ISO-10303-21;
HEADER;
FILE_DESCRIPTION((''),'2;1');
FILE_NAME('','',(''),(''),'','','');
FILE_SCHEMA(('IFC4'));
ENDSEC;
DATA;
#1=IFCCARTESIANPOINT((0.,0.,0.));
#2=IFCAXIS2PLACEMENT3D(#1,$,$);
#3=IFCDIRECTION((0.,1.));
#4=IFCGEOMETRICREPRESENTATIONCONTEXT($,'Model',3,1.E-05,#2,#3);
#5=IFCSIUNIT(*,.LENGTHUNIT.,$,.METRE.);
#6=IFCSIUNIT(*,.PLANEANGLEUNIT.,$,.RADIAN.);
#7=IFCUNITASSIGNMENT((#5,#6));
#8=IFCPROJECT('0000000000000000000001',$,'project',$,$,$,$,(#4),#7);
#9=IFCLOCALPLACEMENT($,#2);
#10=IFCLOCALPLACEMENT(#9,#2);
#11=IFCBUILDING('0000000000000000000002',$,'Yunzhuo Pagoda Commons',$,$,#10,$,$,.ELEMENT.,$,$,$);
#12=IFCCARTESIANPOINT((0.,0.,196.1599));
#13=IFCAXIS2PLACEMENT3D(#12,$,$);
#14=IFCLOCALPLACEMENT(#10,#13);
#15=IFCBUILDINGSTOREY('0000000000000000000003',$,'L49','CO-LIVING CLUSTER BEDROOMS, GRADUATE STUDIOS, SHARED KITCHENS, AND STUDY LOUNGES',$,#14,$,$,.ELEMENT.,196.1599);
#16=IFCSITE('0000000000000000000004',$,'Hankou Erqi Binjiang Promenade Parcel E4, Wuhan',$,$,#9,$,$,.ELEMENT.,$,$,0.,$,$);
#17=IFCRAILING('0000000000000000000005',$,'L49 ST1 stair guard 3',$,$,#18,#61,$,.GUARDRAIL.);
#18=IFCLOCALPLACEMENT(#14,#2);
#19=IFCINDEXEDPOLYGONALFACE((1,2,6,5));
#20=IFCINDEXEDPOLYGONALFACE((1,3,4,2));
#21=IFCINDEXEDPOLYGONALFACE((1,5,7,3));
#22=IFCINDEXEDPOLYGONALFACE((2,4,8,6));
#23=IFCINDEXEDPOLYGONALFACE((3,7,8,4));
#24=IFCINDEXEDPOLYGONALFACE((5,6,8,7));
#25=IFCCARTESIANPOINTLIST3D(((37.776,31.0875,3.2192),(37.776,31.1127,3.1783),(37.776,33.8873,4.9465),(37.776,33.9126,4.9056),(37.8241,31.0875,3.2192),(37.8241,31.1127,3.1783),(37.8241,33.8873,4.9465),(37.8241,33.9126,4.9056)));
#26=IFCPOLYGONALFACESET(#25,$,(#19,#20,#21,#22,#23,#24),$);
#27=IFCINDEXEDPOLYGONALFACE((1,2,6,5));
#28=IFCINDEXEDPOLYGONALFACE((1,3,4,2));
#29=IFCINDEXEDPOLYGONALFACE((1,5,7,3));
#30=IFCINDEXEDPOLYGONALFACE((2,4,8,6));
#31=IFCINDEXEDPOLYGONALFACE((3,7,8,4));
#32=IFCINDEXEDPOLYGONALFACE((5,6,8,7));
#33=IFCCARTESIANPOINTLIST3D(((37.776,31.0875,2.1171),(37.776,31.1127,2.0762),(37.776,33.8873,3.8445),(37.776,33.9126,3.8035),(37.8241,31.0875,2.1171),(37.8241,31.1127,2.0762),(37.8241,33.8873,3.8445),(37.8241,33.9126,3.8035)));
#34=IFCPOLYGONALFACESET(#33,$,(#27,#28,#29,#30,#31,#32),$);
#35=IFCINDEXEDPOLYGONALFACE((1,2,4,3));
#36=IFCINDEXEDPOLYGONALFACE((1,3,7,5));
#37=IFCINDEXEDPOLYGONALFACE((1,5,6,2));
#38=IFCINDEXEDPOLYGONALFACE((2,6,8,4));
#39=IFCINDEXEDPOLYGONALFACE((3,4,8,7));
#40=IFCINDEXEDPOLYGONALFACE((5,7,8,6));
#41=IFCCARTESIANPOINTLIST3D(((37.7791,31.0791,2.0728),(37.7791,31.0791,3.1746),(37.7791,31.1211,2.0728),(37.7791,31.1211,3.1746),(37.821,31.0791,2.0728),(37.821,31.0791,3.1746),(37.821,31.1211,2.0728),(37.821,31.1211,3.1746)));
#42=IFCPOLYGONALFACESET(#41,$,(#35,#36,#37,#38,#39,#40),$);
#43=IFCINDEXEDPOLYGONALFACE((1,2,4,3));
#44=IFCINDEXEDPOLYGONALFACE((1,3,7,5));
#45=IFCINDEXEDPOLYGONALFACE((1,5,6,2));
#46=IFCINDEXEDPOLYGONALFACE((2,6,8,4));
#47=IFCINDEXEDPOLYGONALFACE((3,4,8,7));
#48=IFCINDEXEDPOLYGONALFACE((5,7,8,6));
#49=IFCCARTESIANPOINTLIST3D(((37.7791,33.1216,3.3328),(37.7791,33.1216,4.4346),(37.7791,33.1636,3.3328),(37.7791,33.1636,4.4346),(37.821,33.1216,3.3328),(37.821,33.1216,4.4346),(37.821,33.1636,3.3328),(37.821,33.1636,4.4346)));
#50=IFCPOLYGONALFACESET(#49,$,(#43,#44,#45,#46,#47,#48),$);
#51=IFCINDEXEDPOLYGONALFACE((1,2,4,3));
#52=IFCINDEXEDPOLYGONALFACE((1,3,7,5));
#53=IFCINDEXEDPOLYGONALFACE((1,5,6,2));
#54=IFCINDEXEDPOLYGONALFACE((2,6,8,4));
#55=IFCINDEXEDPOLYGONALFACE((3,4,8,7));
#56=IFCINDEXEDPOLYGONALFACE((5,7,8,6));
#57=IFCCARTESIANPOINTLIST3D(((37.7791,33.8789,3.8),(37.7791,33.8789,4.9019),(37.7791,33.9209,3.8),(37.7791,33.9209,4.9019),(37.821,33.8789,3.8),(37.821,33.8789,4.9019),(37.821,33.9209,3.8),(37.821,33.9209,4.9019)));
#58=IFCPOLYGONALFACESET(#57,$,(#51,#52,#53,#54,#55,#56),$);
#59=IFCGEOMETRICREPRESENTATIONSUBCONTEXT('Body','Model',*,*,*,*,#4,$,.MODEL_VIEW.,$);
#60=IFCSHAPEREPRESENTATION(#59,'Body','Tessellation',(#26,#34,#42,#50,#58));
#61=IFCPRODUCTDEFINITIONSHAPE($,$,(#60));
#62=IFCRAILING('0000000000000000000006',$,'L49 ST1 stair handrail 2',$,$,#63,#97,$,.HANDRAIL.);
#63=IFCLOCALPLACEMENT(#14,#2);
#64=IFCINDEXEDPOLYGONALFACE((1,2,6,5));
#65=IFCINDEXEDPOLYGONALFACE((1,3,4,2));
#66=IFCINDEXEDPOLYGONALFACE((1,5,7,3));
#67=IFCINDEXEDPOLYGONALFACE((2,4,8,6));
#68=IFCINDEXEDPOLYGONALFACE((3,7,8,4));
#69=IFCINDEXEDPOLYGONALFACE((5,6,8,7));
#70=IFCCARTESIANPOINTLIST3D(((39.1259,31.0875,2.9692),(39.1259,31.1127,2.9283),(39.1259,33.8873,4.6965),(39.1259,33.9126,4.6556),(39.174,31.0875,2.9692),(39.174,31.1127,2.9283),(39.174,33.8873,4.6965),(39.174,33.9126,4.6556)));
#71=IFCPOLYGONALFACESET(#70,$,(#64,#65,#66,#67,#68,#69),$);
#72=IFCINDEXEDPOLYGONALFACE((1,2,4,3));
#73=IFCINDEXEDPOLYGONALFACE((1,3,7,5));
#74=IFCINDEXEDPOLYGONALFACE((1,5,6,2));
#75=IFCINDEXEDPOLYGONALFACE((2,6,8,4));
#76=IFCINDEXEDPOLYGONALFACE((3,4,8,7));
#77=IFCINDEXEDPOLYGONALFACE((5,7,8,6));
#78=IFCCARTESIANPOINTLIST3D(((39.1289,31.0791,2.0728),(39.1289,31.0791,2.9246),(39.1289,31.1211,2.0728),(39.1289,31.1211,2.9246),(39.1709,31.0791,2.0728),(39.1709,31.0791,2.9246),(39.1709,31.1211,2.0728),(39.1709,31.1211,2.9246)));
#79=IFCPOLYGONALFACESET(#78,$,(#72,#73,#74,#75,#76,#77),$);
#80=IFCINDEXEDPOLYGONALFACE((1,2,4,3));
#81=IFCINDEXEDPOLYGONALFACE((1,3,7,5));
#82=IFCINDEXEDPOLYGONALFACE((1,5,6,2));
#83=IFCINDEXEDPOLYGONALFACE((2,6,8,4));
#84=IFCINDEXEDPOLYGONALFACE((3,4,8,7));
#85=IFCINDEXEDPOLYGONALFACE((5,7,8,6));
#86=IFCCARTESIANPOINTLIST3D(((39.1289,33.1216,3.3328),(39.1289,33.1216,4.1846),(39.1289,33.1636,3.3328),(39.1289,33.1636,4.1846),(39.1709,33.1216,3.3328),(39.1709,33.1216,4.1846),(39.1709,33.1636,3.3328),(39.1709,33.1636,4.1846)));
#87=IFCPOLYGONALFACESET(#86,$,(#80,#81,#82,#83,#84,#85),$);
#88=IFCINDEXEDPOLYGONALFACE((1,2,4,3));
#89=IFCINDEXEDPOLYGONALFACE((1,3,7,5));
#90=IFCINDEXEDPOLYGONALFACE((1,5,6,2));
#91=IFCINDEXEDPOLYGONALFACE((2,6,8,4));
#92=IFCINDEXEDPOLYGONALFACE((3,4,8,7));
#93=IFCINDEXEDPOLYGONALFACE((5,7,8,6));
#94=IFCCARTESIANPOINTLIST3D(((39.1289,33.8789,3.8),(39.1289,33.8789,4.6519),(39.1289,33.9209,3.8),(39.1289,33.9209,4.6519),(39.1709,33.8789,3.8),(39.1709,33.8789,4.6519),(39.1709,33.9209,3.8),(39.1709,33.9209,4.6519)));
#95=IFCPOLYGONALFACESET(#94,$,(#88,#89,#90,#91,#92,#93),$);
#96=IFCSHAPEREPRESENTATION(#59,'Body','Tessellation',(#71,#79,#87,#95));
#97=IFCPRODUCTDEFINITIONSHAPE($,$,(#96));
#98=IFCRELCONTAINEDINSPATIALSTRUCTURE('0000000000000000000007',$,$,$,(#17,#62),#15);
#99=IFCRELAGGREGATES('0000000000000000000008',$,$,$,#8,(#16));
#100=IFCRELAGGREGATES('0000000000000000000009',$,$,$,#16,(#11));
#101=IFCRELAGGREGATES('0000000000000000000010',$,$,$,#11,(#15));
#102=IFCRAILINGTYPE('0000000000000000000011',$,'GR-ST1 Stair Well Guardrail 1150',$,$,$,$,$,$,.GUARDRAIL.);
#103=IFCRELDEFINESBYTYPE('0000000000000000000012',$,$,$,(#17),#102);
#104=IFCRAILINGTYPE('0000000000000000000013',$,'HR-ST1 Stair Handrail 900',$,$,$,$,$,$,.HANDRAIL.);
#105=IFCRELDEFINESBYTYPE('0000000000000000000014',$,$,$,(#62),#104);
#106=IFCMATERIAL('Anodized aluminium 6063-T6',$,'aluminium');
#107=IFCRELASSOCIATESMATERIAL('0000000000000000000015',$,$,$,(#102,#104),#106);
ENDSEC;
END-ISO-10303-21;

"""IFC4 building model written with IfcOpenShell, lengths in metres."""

from ifc_helpers import new_model, si_unit, direction, frame, origin, origin_2d, place, context, subcontext, project, spatial, rectangle, extrude, material, type_object, element, save


model = new_model("IFC4")

# Units and contexts
model_context = context("Model", 3, precision=1e-05, world=origin(), true_north=direction((0.0, 1.0)))
body_context = subcontext(model_context, "Body", "Model", "MODEL_VIEW")
ifc_project = project(units=[si_unit("LENGTHUNIT", "METRE"), si_unit("PLANEANGLEUNIT", "RADIAN")], contexts=[model_context])

# Site, building, storey
site_placement = place(None, origin())
site = spatial("IfcSite", under=ifc_project, at=site_placement, Name="Hankou Erqi Binjiang Promenade Parcel E4, Wuhan", CompositionType="ELEMENT", RefElevation=0.0)
building_placement = place(site_placement, origin())
building = spatial("IfcBuilding", under=site, at=building_placement, Name="Yunzhuo Pagoda Commons", CompositionType="ELEMENT")
storey_placement = place(building_placement, frame((0.0, 0.0, 196.1599)))
storey = spatial("IfcBuildingStorey", under=building, at=storey_placement, Name="L49", Description="CO-LIVING CLUSTER BEDROOMS, GRADUATE STUDIOS, SHARED KITCHENS, AND STUDY LOUNGES", CompositionType="ELEMENT", Elevation=196.1599)

# Railings
ifc_material_1 = material(Name="Anodized aluminium 6063-T6", Category="aluminium")
railing_type_1 = type_object("IfcRailingType", Name="GR-ST1 Stair Well Guardrail 1150", PredefinedType="GUARDRAIL", material=ifc_material_1)
railing_1_placement = place(storey_placement, frame((37.8, 31.1001, 2.0728)))
element("IfcRailing", 1, at=railing_1_placement, inside=storey, type_object=railing_type_1, Name="L49 ST1 stair guard 3", PredefinedType="GUARDRAIL", context=body_context, shape_type="SweptSolid", body=[
    extrude(rectangle(XDim=0.0481, YDim=0.0481, at=origin_2d()), frame((0.0, 0.0, 1.126), z_axis=(0.0, 0.851069, 0.525054), x_axis=(-1.0, 0.0, 0.0)), (0.0, 0.0, 1.0), 3.2898),
    extrude(rectangle(XDim=0.0481, YDim=0.0481, at=origin_2d()), frame((0.0, 0.0, 0.0239), z_axis=(0.0, 0.851069, 0.525054), x_axis=(-1.0, 0.0, 0.0)), (0.0, 0.0, 1.0), 3.2898),
    extrude(rectangle(XDim=0.042, YDim=0.042, at=origin_2d()), origin(), (0.0, 0.0, 1.0), 1.1018),
    extrude(rectangle(XDim=0.042, YDim=0.042, at=origin_2d()), frame((0.0, 2.0425, 1.26)), (0.0, 0.0, 1.0), 1.1018),
    extrude(rectangle(XDim=0.042, YDim=0.042, at=origin_2d()), frame((0.0, 2.7998, 1.7273)), (0.0, 0.0, 1.0), 1.1018),
])
railing_type_2 = type_object("IfcRailingType", Name="HR-ST1 Stair Handrail 900", PredefinedType="HANDRAIL", material=ifc_material_1)
railing_2_placement = place(storey_placement, frame((39.1499, 31.1001, 2.0728)))
element("IfcRailing", 2, at=railing_2_placement, inside=storey, type_object=railing_type_2, Name="L49 ST1 stair handrail 2", PredefinedType="HANDRAIL", context=body_context, shape_type="SweptSolid", body=[
    extrude(rectangle(XDim=0.0481, YDim=0.0481, at=origin_2d()), frame((0.0, 0.0, 0.876), z_axis=(0.0, 0.851069, 0.525054), x_axis=(-1.0, 0.0, 0.0)), (0.0, 0.0, 1.0), 3.2898),
    extrude(rectangle(XDim=0.042, YDim=0.042, at=origin_2d()), origin(), (0.0, 0.0, 1.0), 0.8518),
    extrude(rectangle(XDim=0.042, YDim=0.042, at=origin_2d()), frame((0.0, 2.0425, 1.26)), (0.0, 0.0, 1.0), 0.8518),
    extrude(rectangle(XDim=0.042, YDim=0.042, at=origin_2d()), frame((0.0, 2.7998, 1.7273)), (0.0, 0.0, 1.0), 0.8518),
])

save(model, "model.ifc")
